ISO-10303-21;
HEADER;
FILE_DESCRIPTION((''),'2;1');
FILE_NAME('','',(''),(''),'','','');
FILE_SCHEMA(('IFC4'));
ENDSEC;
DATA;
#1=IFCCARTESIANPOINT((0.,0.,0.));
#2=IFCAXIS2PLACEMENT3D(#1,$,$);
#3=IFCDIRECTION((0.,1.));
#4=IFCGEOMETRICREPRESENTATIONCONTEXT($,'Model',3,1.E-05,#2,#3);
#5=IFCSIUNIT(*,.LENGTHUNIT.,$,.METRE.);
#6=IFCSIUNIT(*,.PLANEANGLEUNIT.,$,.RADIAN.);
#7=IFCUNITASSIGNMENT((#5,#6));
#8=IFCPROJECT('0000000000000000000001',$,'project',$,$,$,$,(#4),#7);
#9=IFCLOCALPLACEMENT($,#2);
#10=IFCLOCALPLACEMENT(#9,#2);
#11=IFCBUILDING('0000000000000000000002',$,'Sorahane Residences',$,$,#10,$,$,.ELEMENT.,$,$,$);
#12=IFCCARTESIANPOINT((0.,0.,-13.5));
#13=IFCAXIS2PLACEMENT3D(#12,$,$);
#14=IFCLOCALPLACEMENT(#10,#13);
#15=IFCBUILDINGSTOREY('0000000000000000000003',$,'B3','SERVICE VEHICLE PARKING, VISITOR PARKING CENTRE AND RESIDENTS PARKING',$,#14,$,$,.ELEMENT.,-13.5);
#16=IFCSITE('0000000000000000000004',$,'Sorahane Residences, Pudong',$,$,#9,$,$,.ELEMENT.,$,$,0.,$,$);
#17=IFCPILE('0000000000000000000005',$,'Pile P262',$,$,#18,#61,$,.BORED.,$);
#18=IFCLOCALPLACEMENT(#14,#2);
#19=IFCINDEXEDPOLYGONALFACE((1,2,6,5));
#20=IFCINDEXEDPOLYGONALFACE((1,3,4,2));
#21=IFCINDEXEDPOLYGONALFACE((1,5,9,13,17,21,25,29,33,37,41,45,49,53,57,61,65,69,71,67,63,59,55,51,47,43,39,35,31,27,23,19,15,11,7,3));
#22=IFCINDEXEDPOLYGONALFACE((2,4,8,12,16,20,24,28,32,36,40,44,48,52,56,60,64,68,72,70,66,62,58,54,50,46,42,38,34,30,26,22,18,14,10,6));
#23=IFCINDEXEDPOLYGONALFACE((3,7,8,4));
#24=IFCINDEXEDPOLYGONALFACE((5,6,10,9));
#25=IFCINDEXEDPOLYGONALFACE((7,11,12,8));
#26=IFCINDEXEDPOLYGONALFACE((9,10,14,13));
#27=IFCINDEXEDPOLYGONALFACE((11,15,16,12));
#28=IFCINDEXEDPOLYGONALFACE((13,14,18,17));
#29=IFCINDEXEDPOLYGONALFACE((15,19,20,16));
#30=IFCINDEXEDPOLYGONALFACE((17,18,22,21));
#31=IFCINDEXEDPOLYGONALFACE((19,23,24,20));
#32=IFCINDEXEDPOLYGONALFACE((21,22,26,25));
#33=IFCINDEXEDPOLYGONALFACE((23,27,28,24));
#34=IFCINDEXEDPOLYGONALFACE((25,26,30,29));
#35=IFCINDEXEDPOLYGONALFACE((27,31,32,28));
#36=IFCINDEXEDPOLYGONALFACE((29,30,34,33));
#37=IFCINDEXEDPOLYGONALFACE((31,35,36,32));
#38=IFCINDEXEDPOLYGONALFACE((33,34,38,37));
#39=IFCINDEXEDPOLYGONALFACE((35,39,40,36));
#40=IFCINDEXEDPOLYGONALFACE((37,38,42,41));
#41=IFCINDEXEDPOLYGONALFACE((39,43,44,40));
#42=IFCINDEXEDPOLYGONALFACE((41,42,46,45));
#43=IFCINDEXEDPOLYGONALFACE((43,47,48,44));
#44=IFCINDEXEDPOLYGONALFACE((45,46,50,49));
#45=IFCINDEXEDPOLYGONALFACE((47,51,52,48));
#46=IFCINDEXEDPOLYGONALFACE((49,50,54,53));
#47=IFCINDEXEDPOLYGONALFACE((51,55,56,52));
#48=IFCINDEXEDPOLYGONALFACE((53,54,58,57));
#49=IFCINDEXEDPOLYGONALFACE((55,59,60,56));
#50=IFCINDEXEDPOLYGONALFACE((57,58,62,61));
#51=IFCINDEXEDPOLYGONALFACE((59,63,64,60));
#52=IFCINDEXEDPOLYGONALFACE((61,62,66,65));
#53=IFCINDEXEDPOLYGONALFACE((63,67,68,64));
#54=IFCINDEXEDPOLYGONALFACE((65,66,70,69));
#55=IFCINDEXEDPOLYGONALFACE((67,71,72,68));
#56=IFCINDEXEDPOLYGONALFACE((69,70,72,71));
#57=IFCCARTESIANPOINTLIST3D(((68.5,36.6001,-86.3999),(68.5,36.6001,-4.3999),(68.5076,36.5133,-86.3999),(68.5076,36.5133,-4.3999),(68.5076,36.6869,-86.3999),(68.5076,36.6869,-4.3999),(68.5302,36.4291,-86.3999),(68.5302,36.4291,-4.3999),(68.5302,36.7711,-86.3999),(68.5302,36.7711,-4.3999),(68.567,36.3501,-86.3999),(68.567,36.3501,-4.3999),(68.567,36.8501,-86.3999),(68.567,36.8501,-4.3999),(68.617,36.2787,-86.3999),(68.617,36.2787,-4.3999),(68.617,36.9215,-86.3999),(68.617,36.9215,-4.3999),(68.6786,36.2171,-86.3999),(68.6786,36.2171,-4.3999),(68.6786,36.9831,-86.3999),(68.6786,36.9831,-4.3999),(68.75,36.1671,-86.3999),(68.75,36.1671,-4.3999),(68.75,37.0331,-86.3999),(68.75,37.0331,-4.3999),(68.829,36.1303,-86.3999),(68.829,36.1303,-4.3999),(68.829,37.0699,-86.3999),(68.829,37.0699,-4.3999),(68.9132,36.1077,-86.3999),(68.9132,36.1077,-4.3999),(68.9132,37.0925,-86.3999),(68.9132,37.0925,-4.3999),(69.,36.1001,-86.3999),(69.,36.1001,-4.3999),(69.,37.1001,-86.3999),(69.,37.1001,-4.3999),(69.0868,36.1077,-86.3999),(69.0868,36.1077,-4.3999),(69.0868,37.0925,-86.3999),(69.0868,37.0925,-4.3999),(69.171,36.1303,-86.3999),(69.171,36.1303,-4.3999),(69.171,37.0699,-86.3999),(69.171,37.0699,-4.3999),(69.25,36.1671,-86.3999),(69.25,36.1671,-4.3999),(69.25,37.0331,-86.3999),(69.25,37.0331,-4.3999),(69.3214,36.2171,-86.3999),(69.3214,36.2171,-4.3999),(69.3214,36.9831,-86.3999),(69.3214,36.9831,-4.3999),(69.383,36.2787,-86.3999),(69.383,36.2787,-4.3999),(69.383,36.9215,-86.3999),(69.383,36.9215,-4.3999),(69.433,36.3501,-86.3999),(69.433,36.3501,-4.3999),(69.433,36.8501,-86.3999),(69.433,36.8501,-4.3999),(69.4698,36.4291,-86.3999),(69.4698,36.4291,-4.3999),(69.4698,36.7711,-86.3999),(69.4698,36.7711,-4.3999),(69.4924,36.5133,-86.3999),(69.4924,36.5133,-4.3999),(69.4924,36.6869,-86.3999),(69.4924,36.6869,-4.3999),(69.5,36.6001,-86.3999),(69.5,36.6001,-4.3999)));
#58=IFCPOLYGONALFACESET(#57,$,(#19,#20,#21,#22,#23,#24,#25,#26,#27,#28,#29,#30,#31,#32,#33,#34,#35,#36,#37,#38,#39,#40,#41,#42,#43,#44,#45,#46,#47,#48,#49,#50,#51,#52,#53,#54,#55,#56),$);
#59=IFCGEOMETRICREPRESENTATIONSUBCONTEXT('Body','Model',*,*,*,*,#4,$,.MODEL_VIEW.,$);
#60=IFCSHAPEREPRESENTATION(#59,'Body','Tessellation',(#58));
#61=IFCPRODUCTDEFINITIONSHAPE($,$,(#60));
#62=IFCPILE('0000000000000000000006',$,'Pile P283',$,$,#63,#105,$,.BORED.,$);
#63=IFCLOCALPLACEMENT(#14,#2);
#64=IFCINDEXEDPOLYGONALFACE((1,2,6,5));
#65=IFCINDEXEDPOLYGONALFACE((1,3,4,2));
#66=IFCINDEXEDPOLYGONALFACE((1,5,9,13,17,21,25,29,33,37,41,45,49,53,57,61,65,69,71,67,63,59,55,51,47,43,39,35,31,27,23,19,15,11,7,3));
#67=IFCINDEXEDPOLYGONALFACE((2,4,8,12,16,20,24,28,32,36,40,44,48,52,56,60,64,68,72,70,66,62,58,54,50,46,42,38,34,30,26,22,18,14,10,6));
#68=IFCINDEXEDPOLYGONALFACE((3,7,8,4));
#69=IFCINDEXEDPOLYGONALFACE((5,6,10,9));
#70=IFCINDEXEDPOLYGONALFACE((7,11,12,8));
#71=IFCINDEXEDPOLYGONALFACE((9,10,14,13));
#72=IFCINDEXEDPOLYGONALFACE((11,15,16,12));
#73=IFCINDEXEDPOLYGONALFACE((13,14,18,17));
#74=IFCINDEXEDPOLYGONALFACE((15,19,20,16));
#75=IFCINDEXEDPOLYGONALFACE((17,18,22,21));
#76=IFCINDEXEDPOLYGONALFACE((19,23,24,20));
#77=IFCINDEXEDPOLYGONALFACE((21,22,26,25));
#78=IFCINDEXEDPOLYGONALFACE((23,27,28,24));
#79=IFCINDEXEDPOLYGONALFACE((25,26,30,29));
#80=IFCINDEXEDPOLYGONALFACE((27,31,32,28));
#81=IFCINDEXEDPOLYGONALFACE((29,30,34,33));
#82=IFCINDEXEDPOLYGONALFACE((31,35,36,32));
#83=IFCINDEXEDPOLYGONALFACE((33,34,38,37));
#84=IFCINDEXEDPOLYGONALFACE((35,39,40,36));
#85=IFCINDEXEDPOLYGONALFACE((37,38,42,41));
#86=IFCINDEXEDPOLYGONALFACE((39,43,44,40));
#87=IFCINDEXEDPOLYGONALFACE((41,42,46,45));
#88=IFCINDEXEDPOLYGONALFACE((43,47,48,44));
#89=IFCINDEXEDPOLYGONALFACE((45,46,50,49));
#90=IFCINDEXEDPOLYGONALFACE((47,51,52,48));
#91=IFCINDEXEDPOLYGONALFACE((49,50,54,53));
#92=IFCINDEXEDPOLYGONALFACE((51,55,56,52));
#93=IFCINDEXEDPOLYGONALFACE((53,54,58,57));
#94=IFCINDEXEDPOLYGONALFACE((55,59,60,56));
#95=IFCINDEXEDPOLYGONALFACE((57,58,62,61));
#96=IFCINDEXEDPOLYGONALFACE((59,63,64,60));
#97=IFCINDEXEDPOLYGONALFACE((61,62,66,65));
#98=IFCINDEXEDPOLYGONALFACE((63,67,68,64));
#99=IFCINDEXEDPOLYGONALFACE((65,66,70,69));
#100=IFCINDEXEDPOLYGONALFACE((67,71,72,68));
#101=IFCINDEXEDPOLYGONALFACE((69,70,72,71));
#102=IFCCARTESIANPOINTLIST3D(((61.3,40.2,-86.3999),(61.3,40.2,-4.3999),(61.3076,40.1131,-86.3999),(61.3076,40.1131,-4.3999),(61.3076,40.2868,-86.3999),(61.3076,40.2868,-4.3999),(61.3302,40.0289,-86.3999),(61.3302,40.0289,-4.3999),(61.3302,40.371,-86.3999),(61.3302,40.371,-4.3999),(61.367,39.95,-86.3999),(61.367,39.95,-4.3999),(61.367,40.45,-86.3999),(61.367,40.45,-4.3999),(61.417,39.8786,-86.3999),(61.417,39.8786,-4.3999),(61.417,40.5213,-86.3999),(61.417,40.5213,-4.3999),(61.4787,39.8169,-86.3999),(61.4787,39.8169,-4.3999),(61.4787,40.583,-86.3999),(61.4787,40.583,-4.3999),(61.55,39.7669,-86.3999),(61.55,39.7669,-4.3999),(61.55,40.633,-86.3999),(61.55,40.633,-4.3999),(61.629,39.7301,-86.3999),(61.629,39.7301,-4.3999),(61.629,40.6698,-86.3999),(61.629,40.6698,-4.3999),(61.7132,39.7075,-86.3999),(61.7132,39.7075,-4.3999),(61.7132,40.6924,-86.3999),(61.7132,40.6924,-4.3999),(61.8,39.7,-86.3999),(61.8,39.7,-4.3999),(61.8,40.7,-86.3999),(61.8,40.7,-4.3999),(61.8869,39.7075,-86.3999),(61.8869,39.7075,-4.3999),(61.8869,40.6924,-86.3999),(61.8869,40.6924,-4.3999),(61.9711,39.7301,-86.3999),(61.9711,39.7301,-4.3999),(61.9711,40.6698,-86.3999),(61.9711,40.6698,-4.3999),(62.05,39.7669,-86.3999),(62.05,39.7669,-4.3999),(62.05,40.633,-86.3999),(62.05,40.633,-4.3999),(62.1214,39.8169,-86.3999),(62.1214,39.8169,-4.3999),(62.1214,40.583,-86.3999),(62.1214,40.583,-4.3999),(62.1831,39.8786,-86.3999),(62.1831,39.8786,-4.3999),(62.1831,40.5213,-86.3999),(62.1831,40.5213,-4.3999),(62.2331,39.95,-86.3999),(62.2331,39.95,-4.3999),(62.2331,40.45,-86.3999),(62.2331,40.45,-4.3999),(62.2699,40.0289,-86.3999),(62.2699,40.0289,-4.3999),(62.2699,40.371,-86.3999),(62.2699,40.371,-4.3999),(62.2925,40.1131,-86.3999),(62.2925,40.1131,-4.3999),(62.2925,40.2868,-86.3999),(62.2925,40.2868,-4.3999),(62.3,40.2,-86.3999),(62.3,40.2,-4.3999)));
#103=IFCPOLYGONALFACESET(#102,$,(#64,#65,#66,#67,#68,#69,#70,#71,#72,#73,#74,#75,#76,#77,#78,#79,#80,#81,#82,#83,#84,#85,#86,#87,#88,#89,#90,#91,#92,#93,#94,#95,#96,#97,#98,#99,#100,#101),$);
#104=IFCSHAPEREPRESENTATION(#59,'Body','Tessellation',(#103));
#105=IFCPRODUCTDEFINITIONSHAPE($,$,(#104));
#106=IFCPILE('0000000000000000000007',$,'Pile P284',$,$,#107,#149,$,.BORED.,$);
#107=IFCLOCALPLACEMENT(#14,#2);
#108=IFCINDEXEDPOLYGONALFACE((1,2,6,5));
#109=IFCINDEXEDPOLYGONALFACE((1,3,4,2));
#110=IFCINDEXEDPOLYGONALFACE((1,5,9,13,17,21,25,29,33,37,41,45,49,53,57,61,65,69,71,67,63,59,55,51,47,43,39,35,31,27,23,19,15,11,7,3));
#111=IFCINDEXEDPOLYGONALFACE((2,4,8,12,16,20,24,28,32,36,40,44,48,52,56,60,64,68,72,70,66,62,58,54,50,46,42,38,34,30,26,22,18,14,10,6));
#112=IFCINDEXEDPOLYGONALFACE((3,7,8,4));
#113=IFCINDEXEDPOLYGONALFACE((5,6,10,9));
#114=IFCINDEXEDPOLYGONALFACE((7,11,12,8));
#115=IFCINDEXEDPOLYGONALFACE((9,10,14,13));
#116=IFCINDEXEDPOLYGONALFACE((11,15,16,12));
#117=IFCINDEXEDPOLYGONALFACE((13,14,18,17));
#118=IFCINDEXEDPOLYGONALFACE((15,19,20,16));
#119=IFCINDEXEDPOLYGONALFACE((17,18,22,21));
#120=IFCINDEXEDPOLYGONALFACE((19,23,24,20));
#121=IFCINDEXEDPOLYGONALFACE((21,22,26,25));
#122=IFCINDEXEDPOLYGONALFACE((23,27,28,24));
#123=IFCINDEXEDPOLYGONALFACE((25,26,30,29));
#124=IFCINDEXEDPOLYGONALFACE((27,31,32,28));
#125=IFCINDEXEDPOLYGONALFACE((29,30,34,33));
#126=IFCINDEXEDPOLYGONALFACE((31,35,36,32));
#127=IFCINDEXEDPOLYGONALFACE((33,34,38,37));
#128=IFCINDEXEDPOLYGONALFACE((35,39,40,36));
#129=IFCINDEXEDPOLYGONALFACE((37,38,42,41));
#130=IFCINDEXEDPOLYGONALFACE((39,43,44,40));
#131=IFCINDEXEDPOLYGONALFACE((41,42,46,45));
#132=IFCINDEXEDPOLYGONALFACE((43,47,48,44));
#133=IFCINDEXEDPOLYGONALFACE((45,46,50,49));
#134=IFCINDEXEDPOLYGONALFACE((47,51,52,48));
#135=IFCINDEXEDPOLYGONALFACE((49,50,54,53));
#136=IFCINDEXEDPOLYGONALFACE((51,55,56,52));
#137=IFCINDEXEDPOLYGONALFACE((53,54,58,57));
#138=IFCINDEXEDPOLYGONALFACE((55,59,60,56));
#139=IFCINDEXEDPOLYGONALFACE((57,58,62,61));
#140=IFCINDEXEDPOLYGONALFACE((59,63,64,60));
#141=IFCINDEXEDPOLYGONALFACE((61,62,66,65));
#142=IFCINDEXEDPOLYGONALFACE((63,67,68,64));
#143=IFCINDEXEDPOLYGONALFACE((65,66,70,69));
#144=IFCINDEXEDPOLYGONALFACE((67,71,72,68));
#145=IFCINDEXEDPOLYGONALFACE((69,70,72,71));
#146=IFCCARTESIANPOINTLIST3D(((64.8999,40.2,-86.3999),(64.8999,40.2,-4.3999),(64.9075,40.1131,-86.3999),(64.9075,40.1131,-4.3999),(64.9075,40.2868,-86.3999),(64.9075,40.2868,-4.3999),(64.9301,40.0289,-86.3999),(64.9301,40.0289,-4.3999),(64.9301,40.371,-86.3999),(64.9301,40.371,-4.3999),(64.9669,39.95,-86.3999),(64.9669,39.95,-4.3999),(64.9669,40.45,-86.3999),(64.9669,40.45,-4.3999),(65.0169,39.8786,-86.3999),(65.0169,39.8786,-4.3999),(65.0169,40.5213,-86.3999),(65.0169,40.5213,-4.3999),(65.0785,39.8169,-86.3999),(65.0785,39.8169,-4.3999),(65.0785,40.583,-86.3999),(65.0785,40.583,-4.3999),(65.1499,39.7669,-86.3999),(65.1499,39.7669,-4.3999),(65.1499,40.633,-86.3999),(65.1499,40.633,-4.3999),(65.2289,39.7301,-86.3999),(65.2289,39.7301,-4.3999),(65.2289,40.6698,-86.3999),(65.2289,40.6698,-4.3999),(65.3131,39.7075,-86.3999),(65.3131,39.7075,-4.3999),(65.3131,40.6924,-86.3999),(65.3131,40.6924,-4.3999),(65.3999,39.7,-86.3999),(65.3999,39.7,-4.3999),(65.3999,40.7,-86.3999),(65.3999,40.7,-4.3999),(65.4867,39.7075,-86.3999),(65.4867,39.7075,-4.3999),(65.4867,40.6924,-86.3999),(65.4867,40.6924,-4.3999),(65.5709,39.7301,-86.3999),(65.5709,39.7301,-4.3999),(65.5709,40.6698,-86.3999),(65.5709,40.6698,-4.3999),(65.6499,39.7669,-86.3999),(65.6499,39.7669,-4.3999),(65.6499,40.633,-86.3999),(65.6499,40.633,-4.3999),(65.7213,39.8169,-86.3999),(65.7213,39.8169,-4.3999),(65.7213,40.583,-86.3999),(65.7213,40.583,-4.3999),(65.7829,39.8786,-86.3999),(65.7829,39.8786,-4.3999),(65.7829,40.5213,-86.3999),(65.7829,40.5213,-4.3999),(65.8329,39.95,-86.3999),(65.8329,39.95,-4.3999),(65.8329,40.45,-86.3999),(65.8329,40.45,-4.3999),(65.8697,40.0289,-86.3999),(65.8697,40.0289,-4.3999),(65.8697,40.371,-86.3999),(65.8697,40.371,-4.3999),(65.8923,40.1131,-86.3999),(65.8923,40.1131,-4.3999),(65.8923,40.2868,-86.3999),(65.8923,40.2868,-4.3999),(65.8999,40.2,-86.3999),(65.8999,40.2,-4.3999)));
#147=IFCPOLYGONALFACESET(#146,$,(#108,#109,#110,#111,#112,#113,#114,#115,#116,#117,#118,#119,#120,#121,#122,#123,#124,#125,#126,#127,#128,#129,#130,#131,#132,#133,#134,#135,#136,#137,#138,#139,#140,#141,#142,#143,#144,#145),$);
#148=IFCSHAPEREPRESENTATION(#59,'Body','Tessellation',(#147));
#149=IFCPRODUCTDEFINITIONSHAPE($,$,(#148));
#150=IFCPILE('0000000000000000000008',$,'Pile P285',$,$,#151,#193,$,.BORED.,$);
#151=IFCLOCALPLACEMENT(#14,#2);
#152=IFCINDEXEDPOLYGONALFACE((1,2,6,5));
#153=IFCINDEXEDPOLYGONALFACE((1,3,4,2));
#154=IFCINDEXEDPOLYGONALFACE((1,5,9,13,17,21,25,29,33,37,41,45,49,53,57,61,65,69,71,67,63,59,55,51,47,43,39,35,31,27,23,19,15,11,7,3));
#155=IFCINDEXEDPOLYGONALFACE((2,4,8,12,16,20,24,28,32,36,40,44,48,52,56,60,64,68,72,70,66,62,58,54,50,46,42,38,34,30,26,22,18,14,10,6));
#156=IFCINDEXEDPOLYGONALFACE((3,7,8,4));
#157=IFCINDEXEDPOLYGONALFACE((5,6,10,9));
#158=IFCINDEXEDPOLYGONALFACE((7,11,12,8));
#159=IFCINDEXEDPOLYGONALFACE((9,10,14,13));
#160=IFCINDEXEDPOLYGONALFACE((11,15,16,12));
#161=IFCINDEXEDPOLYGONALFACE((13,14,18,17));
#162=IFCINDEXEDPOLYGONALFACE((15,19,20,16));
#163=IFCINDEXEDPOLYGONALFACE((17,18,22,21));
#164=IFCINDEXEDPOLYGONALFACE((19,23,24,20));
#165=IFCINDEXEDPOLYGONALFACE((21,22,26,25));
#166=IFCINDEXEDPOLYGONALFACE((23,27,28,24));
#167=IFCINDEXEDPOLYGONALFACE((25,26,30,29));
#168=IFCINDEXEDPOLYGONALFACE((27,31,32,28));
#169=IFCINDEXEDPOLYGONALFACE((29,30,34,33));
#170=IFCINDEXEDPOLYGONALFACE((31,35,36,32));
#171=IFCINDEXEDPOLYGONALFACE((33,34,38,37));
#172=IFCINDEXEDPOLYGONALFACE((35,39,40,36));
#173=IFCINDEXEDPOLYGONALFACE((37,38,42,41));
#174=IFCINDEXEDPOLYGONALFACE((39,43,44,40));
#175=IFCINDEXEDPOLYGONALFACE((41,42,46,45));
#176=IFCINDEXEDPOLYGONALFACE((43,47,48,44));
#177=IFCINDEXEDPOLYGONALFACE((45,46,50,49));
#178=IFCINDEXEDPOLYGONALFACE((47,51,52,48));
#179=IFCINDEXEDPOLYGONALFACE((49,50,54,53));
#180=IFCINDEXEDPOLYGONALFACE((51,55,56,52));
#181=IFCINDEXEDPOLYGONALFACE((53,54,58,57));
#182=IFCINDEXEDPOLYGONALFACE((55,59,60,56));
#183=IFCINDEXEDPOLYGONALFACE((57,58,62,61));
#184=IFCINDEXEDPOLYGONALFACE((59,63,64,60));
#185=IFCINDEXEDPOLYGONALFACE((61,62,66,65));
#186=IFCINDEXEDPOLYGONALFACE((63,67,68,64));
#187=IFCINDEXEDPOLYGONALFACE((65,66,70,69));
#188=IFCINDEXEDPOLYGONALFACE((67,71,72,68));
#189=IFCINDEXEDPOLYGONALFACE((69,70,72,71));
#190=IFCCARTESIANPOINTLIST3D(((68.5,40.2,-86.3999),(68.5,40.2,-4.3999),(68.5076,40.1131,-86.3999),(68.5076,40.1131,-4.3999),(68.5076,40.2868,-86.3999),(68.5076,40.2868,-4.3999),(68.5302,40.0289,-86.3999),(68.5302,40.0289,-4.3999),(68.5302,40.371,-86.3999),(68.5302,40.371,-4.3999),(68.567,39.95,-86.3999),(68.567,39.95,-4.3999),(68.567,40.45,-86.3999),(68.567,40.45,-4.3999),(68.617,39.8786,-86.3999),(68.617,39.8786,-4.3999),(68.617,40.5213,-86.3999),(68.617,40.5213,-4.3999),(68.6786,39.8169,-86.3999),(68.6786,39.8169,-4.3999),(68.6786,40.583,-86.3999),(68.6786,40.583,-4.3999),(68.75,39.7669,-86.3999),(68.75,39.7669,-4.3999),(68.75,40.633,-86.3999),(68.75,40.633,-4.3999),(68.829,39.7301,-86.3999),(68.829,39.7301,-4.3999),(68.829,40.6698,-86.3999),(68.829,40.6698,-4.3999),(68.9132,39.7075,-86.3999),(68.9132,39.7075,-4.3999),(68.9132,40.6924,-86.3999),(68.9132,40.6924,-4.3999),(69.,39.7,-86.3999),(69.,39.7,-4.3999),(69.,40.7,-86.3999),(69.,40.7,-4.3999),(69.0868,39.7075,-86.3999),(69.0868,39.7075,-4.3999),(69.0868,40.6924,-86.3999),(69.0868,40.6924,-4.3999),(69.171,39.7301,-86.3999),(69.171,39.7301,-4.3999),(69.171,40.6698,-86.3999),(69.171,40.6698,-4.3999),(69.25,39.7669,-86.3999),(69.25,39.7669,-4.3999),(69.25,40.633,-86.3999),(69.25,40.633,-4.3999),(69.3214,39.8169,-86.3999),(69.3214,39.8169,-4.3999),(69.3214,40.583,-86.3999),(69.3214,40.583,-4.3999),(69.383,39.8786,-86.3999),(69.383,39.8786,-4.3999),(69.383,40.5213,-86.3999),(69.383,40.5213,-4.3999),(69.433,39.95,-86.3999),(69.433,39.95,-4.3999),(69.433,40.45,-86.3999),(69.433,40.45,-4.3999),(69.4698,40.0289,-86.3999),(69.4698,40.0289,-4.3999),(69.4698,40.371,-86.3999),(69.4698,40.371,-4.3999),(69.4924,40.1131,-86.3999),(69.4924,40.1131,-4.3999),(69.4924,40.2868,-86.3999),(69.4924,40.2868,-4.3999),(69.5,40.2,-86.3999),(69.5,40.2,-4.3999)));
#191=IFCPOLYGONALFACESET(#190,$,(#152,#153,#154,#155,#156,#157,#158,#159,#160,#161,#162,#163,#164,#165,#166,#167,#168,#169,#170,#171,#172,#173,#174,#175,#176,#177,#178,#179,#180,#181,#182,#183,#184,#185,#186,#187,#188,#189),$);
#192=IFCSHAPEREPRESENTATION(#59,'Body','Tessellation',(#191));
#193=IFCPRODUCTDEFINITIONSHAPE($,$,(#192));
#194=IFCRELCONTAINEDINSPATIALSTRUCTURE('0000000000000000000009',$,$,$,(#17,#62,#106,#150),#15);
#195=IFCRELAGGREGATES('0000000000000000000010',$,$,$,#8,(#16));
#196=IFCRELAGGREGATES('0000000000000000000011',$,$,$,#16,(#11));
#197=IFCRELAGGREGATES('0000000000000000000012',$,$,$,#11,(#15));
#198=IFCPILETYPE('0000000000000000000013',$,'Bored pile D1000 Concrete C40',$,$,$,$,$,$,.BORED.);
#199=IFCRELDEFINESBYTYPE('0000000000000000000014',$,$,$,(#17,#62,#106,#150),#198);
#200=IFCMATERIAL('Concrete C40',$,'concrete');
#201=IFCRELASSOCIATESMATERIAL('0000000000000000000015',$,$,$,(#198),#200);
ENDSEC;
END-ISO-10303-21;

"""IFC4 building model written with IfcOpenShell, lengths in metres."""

from ifc_helpers import new_model, si_unit, direction, frame, origin, origin_2d, place, context, subcontext, project, spatial, circle, extrude, material, material_profile, profile_set, type_object, element, save


model = new_model("IFC4")

# Units and contexts
model_context = context("Model", 3, precision=1e-05, world=origin(), true_north=direction((0.0, 1.0)))
body_context = subcontext(model_context, "Body", "Model", "MODEL_VIEW")
ifc_project = project(units=[si_unit("LENGTHUNIT", "METRE"), si_unit("PLANEANGLEUNIT", "RADIAN")], contexts=[model_context])

# Site, building, storey
site_placement = place(None, origin())
site = spatial("IfcSite", under=ifc_project, at=site_placement, Name="Sorahane Residences, Pudong", CompositionType="ELEMENT", RefElevation=0.0)
building_placement = place(site_placement, origin())
building = spatial("IfcBuilding", under=site, at=building_placement, Name="Sorahane Residences", CompositionType="ELEMENT")
storey_placement = place(building_placement, frame((0.0, 0.0, -13.5)))
storey = spatial("IfcBuildingStorey", under=building, at=storey_placement, Name="B3", Description="SERVICE VEHICLE PARKING, VISITOR PARKING CENTRE AND RESIDENTS PARKING", CompositionType="ELEMENT", Elevation=-13.5)

# Piles
ifc_material_1 = material(Name="Concrete C40", Category="concrete")
ifc_material_profile_1 = material_profile(ifc_material_1, circle(Radius=0.5, at=origin_2d()), Name="D1000")
ifc_profile_set_1 = profile_set([ifc_material_profile_1], Name="Concrete C40")
pile_type = type_object("IfcPileType", Name="Bored pile D1000 Concrete C40", PredefinedType="BORED", material=ifc_profile_set_1)
for number, where, z_axis, x_axis, name in (
    (1, (69.0, 36.6001, -4.3999), (0.0, 0.0, -1.0), (1.0, 0.0, 0.0), "Pile P262"),
    (2, (61.8, 40.2, -4.3999), (0.0, 0.0, -1.0), (1.0, 0.0, 0.0), "Pile P283"),
    (3, (65.3999, 40.2, -4.3999), (0.0, 0.0, -1.0), (1.0, 0.0, 0.0), "Pile P284"),
    (4, (69.0, 40.2, -4.3999), (0.0, 0.0, -1.0), (1.0, 0.0, 0.0), "Pile P285"),
):
    element("IfcPile", number, at=place(storey_placement, frame(where, z_axis=z_axis, x_axis=x_axis)), inside=storey, type_object=pile_type, Name=name, PredefinedType="BORED", context=body_context, shape_type="SweptSolid", body=[
        extrude(circle(Radius=0.5, at=origin_2d()), origin(), (0.0, 0.0, 1.0), 82.0),
    ])

save(model, "model.ifc")
